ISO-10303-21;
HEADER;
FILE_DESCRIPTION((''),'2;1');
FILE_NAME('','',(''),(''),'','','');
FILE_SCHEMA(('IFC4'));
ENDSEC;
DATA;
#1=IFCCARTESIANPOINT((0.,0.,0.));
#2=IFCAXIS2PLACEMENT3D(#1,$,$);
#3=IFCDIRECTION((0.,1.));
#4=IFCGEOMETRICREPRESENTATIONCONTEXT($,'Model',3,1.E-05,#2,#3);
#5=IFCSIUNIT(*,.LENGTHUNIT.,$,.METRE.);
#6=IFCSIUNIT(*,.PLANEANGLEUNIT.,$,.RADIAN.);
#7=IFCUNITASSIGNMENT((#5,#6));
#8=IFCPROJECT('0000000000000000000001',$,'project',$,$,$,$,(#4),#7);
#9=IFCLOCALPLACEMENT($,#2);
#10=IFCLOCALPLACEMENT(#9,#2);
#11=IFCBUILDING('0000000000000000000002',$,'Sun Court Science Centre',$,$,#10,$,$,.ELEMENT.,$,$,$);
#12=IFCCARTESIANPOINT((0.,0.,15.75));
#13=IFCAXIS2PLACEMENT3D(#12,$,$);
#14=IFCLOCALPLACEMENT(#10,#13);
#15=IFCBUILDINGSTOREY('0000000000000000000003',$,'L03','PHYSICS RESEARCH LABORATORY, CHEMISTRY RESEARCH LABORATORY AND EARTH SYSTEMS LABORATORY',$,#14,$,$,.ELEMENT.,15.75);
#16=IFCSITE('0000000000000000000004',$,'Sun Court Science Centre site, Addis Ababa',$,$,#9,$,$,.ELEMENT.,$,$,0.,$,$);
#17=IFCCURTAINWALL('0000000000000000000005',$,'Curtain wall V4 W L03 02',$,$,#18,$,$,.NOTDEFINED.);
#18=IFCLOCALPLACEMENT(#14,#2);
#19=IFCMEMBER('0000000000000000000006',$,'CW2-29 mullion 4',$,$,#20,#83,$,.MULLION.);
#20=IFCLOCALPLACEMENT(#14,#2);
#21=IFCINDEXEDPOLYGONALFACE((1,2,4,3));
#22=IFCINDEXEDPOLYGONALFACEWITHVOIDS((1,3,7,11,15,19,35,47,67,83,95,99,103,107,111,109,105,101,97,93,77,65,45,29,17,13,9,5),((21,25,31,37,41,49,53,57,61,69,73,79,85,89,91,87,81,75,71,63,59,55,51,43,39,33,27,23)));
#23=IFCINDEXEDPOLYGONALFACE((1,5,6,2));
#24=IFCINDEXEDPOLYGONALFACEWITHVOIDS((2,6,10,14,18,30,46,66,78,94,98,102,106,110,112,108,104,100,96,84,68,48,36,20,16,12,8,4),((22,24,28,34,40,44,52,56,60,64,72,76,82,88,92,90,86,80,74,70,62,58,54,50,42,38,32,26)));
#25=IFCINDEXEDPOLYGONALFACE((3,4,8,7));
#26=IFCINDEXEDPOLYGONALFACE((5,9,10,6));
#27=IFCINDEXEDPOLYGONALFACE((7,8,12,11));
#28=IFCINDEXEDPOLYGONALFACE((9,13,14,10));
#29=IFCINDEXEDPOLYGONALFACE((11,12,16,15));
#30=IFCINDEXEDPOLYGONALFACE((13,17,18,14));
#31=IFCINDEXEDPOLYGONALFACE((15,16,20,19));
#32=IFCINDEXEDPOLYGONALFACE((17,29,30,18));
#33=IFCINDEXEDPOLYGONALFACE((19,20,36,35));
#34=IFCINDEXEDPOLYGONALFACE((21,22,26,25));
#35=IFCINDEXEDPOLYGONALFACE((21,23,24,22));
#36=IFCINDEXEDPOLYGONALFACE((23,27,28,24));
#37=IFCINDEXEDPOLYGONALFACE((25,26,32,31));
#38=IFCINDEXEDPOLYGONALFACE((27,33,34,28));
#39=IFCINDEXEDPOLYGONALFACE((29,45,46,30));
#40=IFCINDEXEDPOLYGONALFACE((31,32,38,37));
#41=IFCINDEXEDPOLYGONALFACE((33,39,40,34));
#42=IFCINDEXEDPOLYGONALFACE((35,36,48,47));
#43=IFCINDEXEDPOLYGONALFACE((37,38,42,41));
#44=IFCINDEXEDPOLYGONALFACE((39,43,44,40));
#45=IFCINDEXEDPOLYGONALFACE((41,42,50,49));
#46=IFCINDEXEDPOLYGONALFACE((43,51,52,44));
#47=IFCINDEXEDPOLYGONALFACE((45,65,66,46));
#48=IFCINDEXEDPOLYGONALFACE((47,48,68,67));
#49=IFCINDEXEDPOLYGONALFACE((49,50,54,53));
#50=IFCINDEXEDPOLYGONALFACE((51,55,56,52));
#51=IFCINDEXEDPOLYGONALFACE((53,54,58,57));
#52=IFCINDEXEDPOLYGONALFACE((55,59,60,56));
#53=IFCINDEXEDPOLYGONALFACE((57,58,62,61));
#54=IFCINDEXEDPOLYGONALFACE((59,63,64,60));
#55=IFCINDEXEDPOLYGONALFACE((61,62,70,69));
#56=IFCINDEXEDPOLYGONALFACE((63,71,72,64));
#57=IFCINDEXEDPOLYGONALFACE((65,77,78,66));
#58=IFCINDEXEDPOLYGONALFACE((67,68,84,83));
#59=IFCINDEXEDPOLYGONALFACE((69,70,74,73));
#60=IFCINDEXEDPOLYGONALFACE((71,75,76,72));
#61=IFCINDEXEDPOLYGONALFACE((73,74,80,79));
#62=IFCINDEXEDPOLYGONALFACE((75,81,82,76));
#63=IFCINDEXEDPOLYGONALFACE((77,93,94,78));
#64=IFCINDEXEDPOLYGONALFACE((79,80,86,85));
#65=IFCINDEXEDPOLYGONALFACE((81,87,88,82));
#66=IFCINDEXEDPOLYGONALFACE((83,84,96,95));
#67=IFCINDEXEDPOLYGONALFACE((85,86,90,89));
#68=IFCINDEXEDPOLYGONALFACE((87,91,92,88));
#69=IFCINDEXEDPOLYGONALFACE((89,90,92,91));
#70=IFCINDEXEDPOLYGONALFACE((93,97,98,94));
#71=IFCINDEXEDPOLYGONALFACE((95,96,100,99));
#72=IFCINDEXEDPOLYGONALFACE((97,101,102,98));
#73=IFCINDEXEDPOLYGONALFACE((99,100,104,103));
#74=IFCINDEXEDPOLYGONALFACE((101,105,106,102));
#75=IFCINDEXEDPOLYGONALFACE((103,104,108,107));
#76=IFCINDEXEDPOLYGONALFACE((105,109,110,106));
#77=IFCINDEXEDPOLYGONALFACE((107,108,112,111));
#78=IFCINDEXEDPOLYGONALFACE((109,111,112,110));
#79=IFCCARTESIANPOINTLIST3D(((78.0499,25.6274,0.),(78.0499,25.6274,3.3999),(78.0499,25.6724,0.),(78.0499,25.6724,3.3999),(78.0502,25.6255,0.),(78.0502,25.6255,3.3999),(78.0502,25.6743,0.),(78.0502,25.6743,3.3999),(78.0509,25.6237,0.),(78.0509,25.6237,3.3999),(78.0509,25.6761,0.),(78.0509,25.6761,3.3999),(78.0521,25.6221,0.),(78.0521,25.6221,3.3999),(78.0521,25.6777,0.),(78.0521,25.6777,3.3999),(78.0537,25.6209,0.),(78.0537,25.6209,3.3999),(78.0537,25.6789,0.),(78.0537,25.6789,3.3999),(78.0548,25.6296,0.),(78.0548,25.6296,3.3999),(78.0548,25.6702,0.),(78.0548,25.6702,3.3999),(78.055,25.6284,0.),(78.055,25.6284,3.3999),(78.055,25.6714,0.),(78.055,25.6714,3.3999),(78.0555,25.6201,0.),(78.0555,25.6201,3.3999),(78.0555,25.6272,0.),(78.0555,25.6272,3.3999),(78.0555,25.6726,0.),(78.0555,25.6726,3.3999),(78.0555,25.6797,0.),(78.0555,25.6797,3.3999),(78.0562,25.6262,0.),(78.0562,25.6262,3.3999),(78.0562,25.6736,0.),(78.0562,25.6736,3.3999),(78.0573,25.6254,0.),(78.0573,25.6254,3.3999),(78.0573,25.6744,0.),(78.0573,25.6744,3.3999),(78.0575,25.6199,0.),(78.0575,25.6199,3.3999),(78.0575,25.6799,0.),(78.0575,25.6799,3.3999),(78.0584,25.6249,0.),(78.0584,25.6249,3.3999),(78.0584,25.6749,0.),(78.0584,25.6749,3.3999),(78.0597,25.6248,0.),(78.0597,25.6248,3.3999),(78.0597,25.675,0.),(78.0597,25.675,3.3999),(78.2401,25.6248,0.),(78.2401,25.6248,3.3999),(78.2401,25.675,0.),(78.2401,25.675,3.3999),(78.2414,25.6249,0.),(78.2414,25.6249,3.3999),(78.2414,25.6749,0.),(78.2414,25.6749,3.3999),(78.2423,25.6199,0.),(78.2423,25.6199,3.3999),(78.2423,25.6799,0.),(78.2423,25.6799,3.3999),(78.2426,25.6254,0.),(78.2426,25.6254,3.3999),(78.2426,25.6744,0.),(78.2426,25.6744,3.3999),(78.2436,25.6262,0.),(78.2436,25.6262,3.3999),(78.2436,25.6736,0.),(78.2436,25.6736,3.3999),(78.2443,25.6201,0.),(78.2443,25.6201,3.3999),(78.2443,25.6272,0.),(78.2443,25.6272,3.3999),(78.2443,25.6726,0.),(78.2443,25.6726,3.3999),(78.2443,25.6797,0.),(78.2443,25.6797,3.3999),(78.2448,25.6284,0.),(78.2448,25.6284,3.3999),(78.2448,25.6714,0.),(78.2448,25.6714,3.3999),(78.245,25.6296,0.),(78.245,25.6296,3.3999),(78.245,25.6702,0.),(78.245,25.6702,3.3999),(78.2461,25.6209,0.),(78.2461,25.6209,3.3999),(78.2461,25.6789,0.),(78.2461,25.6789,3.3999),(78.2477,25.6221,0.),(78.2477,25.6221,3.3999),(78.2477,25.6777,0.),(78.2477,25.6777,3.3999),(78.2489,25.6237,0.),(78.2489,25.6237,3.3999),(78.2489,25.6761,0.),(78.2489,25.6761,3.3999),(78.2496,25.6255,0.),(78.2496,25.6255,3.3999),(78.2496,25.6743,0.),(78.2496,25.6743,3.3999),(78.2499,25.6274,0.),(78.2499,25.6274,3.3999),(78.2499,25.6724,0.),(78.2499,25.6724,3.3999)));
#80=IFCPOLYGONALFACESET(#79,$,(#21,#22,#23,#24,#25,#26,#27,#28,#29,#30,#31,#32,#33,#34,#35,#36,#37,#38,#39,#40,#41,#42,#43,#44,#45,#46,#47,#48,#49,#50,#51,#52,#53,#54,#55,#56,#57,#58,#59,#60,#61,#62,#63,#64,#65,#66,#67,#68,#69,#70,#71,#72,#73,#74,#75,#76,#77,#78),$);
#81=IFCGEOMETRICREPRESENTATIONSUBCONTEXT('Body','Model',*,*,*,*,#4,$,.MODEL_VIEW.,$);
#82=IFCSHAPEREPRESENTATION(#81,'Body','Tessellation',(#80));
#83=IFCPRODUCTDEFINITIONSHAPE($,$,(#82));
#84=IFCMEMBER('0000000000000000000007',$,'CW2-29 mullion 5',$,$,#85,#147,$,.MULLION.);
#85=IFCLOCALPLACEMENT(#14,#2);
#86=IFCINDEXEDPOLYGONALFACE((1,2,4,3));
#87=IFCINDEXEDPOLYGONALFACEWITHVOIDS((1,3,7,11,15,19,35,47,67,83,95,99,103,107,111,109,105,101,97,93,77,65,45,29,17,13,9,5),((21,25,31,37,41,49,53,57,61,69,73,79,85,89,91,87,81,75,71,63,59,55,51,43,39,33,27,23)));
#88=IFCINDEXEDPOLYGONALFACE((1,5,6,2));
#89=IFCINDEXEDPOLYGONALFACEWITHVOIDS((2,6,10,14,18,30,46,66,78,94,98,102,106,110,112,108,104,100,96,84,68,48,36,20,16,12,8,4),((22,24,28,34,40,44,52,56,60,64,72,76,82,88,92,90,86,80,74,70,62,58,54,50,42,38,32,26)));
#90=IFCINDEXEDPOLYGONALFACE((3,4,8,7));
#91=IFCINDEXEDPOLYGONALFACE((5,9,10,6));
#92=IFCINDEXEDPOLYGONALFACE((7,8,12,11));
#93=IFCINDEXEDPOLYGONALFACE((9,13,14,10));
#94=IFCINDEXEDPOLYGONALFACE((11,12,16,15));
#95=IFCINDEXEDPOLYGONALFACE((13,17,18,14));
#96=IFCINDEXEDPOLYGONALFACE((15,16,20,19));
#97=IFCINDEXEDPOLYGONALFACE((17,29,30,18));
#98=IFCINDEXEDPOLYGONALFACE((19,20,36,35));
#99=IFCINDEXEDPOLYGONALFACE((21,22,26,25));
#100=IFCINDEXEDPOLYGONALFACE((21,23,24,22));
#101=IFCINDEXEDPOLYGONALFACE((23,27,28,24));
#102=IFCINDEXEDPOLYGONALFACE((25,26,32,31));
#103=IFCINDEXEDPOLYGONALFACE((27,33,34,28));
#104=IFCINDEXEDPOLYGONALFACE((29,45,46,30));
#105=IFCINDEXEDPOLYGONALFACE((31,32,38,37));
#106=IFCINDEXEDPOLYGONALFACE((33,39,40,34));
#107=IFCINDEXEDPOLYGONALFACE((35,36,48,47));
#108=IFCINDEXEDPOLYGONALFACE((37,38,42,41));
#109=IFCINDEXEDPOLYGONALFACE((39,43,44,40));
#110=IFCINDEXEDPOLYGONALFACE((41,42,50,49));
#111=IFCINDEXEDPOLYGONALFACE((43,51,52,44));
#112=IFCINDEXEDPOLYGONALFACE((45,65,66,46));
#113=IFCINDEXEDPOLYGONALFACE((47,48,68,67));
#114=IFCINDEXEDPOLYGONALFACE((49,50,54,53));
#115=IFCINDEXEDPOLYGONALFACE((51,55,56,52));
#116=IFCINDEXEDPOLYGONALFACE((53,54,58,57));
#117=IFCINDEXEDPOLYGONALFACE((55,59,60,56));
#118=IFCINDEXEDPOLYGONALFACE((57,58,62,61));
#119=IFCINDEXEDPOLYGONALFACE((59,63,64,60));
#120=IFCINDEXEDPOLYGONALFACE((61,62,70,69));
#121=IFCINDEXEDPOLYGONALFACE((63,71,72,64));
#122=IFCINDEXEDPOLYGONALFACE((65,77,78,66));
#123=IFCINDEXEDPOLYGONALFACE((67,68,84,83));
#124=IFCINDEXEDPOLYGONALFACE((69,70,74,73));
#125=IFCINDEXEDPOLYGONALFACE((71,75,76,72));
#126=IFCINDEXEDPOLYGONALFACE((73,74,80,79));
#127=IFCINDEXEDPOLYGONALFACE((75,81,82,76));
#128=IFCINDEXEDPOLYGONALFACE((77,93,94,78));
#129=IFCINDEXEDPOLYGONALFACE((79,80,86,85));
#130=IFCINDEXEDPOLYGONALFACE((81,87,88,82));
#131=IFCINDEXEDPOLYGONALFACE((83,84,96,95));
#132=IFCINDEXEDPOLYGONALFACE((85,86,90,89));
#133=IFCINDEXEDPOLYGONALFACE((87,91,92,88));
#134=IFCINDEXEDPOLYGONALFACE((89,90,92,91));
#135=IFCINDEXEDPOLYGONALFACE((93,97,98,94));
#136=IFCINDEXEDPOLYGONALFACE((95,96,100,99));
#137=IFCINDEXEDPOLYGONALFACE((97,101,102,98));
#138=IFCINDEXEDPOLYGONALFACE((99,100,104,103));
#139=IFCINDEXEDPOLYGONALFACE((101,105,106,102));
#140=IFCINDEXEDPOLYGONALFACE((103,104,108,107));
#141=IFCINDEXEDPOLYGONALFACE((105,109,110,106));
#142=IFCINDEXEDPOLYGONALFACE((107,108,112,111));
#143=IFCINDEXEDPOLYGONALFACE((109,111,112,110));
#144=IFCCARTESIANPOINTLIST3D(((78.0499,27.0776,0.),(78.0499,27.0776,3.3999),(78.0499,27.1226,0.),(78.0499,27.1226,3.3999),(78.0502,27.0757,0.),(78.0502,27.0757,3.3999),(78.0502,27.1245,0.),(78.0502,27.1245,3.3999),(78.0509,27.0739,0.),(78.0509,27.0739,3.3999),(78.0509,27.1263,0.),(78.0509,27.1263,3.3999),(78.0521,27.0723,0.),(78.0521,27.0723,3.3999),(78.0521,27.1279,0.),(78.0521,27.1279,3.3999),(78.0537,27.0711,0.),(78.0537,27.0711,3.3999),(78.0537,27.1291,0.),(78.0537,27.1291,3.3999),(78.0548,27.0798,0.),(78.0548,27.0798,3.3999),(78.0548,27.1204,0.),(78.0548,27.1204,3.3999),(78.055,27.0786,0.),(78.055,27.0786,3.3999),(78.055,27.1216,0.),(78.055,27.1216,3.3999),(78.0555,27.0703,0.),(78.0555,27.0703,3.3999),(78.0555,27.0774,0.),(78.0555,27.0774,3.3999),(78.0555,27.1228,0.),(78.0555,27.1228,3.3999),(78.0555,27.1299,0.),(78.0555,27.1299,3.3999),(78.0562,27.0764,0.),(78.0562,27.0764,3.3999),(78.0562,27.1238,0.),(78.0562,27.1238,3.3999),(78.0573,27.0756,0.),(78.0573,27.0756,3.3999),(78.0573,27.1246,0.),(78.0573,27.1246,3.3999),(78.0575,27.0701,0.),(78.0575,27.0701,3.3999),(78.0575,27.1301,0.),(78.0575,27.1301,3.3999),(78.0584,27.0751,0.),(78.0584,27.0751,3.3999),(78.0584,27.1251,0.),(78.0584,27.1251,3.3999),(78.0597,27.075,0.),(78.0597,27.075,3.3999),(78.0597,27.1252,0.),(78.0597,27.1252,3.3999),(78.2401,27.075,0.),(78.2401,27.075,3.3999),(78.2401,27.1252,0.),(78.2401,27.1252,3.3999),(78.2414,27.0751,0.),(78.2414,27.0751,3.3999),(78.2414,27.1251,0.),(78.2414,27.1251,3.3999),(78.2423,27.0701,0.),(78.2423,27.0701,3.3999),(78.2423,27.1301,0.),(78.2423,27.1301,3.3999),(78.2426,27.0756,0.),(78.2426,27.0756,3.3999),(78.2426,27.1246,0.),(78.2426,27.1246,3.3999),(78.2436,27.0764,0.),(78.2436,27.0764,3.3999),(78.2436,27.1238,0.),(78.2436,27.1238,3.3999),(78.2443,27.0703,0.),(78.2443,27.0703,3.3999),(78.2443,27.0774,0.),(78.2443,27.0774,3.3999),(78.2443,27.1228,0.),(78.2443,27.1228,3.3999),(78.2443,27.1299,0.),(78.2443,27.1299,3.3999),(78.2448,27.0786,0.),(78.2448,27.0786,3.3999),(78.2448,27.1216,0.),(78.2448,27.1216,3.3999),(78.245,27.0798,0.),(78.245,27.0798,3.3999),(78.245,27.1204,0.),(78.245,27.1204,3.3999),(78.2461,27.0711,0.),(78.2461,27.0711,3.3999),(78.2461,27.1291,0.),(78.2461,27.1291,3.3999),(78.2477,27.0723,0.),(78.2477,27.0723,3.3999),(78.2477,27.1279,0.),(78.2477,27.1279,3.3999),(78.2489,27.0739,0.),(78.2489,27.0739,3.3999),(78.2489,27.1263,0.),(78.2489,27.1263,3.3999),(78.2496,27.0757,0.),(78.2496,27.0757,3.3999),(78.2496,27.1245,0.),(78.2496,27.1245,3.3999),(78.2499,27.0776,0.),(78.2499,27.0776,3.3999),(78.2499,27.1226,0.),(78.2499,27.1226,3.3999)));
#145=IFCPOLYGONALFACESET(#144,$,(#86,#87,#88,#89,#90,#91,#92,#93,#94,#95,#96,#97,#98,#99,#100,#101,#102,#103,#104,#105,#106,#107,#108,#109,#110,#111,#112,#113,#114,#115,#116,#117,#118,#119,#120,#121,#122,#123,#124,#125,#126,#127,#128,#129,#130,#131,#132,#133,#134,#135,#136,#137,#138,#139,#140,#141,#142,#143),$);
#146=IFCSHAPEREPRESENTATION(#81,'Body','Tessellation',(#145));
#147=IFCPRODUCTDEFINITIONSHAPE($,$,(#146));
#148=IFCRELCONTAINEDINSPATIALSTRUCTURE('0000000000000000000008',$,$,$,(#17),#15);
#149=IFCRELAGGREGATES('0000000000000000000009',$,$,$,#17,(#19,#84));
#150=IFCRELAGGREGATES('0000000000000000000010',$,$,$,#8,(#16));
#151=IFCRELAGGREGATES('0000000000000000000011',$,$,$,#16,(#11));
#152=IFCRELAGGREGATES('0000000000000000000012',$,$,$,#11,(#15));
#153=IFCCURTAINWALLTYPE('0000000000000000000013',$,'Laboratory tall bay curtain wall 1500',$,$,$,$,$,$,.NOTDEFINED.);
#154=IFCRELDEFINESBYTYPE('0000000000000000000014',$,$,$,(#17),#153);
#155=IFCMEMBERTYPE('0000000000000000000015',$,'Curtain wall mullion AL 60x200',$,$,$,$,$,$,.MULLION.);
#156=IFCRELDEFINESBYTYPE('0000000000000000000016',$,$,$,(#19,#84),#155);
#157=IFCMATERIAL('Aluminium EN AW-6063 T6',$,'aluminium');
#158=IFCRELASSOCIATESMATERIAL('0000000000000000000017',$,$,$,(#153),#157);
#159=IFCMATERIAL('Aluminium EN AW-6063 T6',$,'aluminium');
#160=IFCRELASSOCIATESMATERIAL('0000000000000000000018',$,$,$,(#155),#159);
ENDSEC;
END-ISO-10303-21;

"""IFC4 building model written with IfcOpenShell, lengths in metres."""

from ifc_helpers import new_model, si_unit, direction, frame, origin, origin_2d, place, context, subcontext, project, spatial, hollow_rectangle, extrude, material, material_profile, profile_set, type_object, element, aggregate, save


model = new_model("IFC4")

# Units and contexts
model_context = context("Model", 3, precision=1e-05, world=origin(), true_north=direction((0.0, 1.0)))
body_context = subcontext(model_context, "Body", "Model", "MODEL_VIEW")
ifc_project = project(units=[si_unit("LENGTHUNIT", "METRE"), si_unit("PLANEANGLEUNIT", "RADIAN")], contexts=[model_context])

# Site, building, storey
site_placement = place(None, origin())
site = spatial("IfcSite", under=ifc_project, at=site_placement, Name="Sun Court Science Centre site, Addis Ababa", CompositionType="ELEMENT", RefElevation=0.0)
building_placement = place(site_placement, origin())
building = spatial("IfcBuilding", under=site, at=building_placement, Name="Sun Court Science Centre", CompositionType="ELEMENT")
storey_placement = place(building_placement, frame((0.0, 0.0, 15.75)))
storey = spatial("IfcBuildingStorey", under=building, at=storey_placement, Name="L03", Description="PHYSICS RESEARCH LABORATORY, CHEMISTRY RESEARCH LABORATORY AND EARTH SYSTEMS LABORATORY", CompositionType="ELEMENT", Elevation=15.75)

# Curtain wall, members
ifc_material_1 = material(Name="Aluminium EN AW-6063 T6", Category="aluminium")
curtain_wall_type = type_object("IfcCurtainWallType", Name="Laboratory tall bay curtain wall 1500", PredefinedType="NOTDEFINED", material=ifc_material_1)
curtain_wall_1_placement = place(storey_placement, origin())
curtain_wall_1 = element("IfcCurtainWall", 1, at=curtain_wall_1_placement, inside=storey, type_object=curtain_wall_type, Name="Curtain wall V4 W L03 02", PredefinedType="NOTDEFINED")
ifc_material_2 = material(Name="Aluminium EN AW-6063 T6", Category="aluminium")
ifc_material_profile_1 = material_profile(ifc_material_2, hollow_rectangle(XDim=0.0601, YDim=0.2, WallThickness=0.0049, InnerFilletRadius=0.0049, OuterFilletRadius=0.0076, at=origin_2d()), Name="AL 60x200x5")
ifc_profile_set_1 = profile_set([ifc_material_profile_1], Name="Aluminium EN AW-6063 T6")
member_type_1 = type_object("IfcMemberType", Name="Curtain wall mullion AL 60x200", PredefinedType="MULLION", material=ifc_profile_set_1)
member_1_placement = place(storey_placement, frame((78.1499, 25.6499, 0.0), z_axis=(0.0, 0.0, 1.0), x_axis=(0.0, 1.0, 0.0)))
member_1 = element("IfcMember", 2, at=member_1_placement, type_object=member_type_1, Name="CW2-29 mullion 4", PredefinedType="MULLION", context=body_context, shape_type="SweptSolid", body=[
    extrude(hollow_rectangle(XDim=0.0601, YDim=0.2, WallThickness=0.0049, InnerFilletRadius=0.0049, OuterFilletRadius=0.0076, at=origin_2d()), origin(), (0.0, 0.0, 1.0), 3.3999),
])
member_2_placement = place(storey_placement, frame((78.1499, 27.1001, 0.0), z_axis=(0.0, 0.0, 1.0), x_axis=(0.0, 1.0, 0.0)))
member_2 = element("IfcMember", 3, at=member_2_placement, type_object=member_type_1, Name="CW2-29 mullion 5", PredefinedType="MULLION", context=body_context, shape_type="SweptSolid", body=[
    extrude(hollow_rectangle(XDim=0.0601, YDim=0.2, WallThickness=0.0049, InnerFilletRadius=0.0049, OuterFilletRadius=0.0076, at=origin_2d()), origin(), (0.0, 0.0, 1.0), 3.3999),
])

aggregate(curtain_wall_1, [member_1, member_2])

save(model, "model.ifc")
